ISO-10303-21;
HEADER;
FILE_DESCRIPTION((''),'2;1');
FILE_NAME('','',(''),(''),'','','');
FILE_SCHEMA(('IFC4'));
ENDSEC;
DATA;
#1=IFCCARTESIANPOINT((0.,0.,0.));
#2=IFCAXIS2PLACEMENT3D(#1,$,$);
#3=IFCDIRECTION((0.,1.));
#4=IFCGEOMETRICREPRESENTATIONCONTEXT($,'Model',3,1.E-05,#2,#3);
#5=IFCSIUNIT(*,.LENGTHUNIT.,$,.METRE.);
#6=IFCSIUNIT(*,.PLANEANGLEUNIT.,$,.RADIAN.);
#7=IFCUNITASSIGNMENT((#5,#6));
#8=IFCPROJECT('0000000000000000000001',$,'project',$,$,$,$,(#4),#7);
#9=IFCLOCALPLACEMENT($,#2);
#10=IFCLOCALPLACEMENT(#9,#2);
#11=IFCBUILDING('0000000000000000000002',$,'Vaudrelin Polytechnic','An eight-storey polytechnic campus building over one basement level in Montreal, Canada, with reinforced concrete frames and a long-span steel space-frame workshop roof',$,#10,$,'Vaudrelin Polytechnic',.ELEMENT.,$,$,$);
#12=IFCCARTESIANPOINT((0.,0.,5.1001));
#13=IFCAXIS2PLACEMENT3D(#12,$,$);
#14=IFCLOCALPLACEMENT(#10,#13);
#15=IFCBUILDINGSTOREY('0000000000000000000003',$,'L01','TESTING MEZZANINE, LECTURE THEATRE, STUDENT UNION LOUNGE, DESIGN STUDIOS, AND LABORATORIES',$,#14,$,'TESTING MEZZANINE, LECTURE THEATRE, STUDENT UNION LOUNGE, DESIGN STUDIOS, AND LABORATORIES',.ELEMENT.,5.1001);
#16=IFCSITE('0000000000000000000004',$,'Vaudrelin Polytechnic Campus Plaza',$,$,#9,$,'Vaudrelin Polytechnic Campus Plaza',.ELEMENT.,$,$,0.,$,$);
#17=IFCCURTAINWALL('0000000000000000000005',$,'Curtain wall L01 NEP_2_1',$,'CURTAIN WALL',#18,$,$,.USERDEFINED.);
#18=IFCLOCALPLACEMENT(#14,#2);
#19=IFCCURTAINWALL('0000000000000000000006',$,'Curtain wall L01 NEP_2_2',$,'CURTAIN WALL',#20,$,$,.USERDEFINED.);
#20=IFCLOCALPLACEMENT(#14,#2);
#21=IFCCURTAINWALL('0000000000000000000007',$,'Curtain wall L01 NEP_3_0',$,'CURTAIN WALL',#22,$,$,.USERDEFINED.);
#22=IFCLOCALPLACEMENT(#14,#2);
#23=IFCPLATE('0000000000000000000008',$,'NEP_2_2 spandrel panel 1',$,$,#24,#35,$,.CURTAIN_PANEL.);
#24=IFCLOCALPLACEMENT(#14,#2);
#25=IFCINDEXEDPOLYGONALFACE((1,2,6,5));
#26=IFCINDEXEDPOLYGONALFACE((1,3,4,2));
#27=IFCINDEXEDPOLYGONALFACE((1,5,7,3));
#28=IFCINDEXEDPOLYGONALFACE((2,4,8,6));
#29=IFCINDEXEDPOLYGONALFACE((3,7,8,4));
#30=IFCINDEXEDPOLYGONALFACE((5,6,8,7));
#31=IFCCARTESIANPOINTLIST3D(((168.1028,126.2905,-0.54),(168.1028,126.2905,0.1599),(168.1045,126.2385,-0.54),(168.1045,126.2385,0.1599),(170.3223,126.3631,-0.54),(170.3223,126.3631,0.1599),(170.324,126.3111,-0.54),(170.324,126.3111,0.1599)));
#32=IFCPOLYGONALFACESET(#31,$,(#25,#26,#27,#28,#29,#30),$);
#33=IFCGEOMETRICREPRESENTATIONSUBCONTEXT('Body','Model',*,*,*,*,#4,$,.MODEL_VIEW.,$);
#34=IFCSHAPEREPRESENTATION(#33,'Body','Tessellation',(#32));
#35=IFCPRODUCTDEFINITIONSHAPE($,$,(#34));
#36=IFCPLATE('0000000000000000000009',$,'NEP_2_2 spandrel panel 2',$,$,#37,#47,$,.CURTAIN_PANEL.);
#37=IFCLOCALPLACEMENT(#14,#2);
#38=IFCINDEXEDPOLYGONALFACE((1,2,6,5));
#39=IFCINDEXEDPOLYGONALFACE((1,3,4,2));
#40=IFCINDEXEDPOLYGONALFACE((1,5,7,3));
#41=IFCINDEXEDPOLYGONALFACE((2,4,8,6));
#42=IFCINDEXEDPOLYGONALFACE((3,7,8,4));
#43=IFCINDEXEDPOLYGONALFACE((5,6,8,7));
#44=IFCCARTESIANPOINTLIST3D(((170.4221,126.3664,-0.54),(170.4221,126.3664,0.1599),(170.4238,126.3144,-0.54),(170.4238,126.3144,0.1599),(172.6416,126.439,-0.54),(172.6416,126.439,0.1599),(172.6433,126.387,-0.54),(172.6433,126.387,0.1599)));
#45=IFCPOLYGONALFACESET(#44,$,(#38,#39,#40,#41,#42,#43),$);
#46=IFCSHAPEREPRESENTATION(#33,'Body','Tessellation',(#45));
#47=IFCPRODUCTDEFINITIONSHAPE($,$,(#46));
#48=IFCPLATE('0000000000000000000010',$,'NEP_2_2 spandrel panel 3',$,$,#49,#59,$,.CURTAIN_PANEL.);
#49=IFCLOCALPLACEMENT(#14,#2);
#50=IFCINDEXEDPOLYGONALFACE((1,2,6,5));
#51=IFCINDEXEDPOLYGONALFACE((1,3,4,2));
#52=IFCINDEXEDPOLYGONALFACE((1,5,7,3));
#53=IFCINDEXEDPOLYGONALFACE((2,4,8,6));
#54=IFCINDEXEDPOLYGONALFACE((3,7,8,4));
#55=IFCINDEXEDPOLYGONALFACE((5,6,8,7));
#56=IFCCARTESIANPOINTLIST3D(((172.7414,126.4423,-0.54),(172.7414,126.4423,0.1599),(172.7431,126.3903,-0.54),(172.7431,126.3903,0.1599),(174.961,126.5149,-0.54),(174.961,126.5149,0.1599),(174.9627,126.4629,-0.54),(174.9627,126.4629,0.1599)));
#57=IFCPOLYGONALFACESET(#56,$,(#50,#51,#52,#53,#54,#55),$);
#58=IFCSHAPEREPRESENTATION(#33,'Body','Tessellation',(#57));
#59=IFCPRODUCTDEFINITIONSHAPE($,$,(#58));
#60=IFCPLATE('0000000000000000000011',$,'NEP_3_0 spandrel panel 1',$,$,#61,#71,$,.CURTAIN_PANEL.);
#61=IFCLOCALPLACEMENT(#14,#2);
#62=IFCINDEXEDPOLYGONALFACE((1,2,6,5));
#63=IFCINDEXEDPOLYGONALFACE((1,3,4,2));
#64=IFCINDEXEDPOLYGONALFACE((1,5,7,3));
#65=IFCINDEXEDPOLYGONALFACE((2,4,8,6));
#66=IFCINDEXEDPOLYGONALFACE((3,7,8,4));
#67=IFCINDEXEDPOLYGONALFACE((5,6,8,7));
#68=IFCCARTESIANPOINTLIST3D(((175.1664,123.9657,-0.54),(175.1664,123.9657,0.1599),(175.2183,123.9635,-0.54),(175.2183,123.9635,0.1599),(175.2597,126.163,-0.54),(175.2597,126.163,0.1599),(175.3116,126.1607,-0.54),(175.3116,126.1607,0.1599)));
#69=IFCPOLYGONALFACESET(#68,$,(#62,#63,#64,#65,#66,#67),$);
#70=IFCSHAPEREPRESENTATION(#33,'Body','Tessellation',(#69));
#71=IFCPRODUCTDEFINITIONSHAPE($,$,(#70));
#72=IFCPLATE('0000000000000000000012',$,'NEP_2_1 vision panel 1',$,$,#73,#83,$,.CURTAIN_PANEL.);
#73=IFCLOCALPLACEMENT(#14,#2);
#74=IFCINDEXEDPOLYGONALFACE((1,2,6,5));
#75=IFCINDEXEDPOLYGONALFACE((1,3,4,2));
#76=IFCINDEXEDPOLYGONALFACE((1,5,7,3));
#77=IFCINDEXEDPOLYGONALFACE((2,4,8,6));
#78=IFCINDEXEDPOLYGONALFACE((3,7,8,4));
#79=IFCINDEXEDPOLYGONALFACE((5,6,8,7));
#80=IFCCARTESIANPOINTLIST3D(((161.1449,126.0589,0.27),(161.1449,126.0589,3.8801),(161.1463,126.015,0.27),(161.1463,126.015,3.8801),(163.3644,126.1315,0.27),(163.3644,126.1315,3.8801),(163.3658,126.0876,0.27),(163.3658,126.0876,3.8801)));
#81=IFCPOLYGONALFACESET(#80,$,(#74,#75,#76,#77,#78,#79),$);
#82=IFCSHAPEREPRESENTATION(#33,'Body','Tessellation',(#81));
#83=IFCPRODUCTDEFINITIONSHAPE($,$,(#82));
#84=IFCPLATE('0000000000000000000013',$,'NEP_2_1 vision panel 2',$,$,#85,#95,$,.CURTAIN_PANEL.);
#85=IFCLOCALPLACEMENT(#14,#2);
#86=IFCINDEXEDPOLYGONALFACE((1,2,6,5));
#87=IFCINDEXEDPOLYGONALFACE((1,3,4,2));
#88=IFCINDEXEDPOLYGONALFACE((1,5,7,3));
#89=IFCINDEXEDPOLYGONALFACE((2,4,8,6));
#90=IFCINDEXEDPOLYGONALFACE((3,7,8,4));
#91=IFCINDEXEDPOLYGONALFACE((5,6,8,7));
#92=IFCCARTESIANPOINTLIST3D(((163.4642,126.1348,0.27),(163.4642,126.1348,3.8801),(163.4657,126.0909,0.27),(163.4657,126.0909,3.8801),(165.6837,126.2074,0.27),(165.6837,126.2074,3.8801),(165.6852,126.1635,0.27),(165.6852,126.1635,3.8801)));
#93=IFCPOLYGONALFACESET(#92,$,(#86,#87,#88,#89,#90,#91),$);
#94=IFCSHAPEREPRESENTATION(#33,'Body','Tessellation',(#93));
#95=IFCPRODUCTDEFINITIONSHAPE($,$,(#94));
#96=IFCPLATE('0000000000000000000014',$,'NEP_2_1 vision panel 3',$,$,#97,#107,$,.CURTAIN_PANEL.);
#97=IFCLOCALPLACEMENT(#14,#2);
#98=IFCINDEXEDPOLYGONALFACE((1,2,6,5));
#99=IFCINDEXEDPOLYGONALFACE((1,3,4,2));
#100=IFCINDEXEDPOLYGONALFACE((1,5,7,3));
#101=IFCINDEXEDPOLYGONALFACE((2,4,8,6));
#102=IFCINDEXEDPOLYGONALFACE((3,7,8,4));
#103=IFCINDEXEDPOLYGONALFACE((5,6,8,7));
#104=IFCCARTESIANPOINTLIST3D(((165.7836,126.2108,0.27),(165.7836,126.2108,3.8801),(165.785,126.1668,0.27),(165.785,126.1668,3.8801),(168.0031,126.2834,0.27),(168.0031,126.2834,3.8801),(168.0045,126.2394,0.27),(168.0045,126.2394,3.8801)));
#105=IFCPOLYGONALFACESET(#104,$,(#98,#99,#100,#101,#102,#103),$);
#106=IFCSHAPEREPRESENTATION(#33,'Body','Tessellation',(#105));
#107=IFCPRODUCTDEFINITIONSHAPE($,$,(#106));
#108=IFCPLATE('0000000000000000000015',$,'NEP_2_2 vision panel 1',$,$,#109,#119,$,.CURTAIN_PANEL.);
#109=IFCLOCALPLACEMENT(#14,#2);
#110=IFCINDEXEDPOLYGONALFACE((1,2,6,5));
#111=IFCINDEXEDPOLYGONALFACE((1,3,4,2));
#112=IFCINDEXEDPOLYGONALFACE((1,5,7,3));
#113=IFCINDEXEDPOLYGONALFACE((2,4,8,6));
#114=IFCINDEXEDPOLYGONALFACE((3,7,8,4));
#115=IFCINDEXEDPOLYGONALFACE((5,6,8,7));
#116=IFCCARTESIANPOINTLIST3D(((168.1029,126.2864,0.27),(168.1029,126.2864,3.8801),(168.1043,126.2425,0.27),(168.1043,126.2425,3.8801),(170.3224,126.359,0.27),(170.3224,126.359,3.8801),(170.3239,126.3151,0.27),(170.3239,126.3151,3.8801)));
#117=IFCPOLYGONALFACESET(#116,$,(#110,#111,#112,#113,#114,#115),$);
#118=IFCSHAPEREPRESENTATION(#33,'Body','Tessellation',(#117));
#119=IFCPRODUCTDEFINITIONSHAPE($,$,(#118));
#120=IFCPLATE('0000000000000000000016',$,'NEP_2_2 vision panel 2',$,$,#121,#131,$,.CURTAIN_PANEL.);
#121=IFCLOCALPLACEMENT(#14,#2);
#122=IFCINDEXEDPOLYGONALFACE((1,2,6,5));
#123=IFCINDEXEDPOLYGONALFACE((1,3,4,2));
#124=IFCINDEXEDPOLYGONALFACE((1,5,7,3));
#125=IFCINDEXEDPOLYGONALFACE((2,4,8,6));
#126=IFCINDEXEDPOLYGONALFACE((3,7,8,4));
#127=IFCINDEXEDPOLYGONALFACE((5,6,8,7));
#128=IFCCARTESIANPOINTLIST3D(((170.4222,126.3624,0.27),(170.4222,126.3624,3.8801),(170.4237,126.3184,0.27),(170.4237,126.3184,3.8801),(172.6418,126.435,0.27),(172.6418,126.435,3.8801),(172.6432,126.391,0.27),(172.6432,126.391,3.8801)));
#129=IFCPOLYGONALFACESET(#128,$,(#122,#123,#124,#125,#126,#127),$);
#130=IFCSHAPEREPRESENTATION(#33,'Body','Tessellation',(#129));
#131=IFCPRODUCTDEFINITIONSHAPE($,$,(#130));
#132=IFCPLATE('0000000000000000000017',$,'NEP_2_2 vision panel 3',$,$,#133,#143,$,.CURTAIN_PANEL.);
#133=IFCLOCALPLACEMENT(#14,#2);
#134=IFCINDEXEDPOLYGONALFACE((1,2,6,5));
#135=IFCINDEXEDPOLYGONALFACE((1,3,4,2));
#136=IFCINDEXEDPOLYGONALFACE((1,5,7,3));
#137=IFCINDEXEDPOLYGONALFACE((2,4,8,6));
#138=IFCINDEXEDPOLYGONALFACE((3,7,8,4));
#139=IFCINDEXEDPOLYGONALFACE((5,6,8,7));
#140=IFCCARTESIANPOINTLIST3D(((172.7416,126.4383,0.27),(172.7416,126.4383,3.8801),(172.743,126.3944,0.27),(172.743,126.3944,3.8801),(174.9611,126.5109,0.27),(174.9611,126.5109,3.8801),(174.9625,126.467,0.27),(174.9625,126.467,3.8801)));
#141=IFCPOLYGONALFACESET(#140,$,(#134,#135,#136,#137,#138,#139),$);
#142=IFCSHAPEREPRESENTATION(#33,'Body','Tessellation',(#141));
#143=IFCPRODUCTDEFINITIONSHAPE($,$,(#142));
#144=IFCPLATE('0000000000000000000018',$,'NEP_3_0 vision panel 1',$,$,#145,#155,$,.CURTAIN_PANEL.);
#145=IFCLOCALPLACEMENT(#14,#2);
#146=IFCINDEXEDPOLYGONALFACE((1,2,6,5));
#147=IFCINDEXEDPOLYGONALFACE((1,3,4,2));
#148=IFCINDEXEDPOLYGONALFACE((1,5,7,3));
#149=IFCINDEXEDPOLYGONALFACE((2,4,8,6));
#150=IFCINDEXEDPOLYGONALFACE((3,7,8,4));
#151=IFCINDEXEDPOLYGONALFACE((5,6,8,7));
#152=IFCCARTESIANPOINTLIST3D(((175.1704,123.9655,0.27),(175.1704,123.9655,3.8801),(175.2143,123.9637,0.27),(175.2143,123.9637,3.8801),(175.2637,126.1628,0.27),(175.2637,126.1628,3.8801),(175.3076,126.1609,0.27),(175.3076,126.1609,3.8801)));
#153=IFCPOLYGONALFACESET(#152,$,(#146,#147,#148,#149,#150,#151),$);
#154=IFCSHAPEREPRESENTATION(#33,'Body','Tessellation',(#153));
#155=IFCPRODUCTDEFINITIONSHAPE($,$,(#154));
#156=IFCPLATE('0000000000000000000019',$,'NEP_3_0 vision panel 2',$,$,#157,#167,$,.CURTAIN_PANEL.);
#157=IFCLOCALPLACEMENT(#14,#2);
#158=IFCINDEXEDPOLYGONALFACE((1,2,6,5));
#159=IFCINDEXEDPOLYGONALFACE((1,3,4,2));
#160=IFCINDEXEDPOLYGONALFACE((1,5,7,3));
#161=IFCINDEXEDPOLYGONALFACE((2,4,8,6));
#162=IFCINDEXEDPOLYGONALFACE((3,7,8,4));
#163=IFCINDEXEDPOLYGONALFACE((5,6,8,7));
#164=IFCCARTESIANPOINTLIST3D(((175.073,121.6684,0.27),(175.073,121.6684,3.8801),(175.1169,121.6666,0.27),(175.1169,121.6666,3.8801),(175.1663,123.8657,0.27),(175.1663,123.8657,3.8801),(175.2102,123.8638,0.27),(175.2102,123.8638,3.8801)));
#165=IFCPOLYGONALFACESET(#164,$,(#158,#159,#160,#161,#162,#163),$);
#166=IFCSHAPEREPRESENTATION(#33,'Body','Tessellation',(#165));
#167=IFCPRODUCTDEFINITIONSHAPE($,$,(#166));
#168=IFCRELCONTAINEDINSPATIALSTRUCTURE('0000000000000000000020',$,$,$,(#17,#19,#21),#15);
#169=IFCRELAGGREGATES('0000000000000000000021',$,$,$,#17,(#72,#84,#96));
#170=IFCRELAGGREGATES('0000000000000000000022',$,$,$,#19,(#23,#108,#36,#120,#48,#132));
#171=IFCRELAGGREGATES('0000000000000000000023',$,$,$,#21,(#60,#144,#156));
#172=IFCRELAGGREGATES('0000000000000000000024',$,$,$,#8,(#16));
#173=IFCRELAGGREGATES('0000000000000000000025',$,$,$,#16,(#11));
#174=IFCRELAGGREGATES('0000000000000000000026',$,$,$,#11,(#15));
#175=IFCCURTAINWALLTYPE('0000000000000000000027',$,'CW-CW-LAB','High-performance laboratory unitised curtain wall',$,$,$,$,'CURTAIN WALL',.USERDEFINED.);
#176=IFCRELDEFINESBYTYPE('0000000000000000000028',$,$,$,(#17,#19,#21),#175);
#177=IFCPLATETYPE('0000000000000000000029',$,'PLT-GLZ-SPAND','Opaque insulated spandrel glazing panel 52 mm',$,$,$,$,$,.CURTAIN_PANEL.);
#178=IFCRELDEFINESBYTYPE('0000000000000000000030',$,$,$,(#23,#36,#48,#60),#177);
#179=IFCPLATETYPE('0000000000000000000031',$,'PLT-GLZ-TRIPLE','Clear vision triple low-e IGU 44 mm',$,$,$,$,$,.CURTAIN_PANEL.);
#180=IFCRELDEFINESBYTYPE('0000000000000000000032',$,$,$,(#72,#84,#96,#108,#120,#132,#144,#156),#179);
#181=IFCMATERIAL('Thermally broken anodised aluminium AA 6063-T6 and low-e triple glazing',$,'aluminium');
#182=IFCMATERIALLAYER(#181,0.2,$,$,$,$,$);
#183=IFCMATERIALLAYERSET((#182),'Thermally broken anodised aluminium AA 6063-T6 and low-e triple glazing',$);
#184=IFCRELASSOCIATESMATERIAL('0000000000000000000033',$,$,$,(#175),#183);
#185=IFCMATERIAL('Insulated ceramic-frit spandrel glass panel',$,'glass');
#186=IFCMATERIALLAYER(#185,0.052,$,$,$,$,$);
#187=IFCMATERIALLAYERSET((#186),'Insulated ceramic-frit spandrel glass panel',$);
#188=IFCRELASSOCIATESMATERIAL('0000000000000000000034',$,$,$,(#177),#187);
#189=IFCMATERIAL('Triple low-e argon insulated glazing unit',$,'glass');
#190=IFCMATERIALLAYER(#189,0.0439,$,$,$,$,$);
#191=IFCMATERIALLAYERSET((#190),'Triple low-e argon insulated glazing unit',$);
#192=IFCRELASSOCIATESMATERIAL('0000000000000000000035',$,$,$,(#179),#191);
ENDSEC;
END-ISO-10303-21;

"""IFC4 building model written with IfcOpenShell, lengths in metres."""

from ifc_helpers import new_model, si_unit, direction, frame, origin, origin_2d, place, context, subcontext, project, spatial, rectangle, extrude, material, layer, layer_set, type_object, element, aggregate, save


model = new_model("IFC4")

# Units and contexts
model_context = context("Model", 3, precision=1e-05, world=origin(), true_north=direction((0.0, 1.0)))
body_context = subcontext(model_context, "Body", "Model", "MODEL_VIEW")
ifc_project = project(units=[si_unit("LENGTHUNIT", "METRE"), si_unit("PLANEANGLEUNIT", "RADIAN")], contexts=[model_context])

# Site, building, storey
site_placement = place(None, origin())
site = spatial("IfcSite", under=ifc_project, at=site_placement, Name="Vaudrelin Polytechnic Campus Plaza", LongName="Vaudrelin Polytechnic Campus Plaza", CompositionType="ELEMENT", RefElevation=0.0)
building_placement = place(site_placement, origin())
building = spatial("IfcBuilding", under=site, at=building_placement, Name="Vaudrelin Polytechnic", Description="An eight-storey polytechnic campus building over one basement level in Montreal, Canada, with reinforced concrete frames and a long-span steel space-frame workshop roof", LongName="Vaudrelin Polytechnic", CompositionType="ELEMENT")
storey_placement = place(building_placement, frame((0.0, 0.0, 5.1001)))
storey = spatial("IfcBuildingStorey", under=building, at=storey_placement, Name="L01", Description="TESTING MEZZANINE, LECTURE THEATRE, STUDENT UNION LOUNGE, DESIGN STUDIOS, AND LABORATORIES", LongName="TESTING MEZZANINE, LECTURE THEATRE, STUDENT UNION LOUNGE, DESIGN STUDIOS, AND LABORATORIES", CompositionType="ELEMENT", Elevation=5.1001)

# Curtain walls
ifc_material_1 = material(Name="Thermally broken anodised aluminium AA 6063-T6 and low-e triple glazing", Category="aluminium")
ifc_layer_1 = layer(ifc_material_1, 0.2)
ifc_layer_set_1 = layer_set([ifc_layer_1], Name="Thermally broken anodised aluminium AA 6063-T6 and low-e triple glazing")
curtain_wall_type = type_object("IfcCurtainWallType", Name="CW-CW-LAB", Description="High-performance laboratory unitised curtain wall", ElementType="CURTAIN WALL", PredefinedType="USERDEFINED", material=ifc_layer_set_1)
curtain_wall_1_placement = place(storey_placement, origin())
curtain_wall_1 = element("IfcCurtainWall", 1, at=curtain_wall_1_placement, inside=storey, type_object=curtain_wall_type, Name="Curtain wall L01 NEP_2_1", ObjectType="CURTAIN WALL", PredefinedType="USERDEFINED")
curtain_wall_2_placement = place(storey_placement, origin())
curtain_wall_2 = element("IfcCurtainWall", 2, at=curtain_wall_2_placement, inside=storey, type_object=curtain_wall_type, Name="Curtain wall L01 NEP_2_2", ObjectType="CURTAIN WALL", PredefinedType="USERDEFINED")
curtain_wall_3_placement = place(storey_placement, origin())
curtain_wall_3 = element("IfcCurtainWall", 3, at=curtain_wall_3_placement, inside=storey, type_object=curtain_wall_type, Name="Curtain wall L01 NEP_3_0", ObjectType="CURTAIN WALL", PredefinedType="USERDEFINED")

# Plates
ifc_material_2 = material(Name="Insulated ceramic-frit spandrel glass panel", Category="glass")
ifc_layer_2 = layer(ifc_material_2, 0.052)
ifc_layer_set_2 = layer_set([ifc_layer_2], Name="Insulated ceramic-frit spandrel glass panel")
plate_type_1 = type_object("IfcPlateType", Name="PLT-GLZ-SPAND", Description="Opaque insulated spandrel glazing panel 52 mm", PredefinedType="CURTAIN_PANEL", material=ifc_layer_set_2)
plate_1_placement = place(storey_placement, frame((169.2134, 126.3008, -0.54), z_axis=(0.0, 0.0, 1.0), x_axis=(0.999465, 0.032693, 0.0)))
plate_1 = element("IfcPlate", 4, at=plate_1_placement, type_object=plate_type_1, Name="NEP_2_2 spandrel panel 1", PredefinedType="CURTAIN_PANEL", context=body_context, shape_type="SweptSolid", body=[
    extrude(rectangle(XDim=2.2207, YDim=0.052, at=origin_2d()), origin(), (0.0, 0.0, 1.0), 0.7),
])
plate_2_placement = place(storey_placement, frame((171.5327, 126.3767, -0.54), z_axis=(0.0, 0.0, 1.0), x_axis=(0.999465, 0.032693, 0.0)))
plate_2 = element("IfcPlate", 5, at=plate_2_placement, type_object=plate_type_1, Name="NEP_2_2 spandrel panel 2", PredefinedType="CURTAIN_PANEL", context=body_context, shape_type="SweptSolid", body=[
    extrude(rectangle(XDim=2.2207, YDim=0.052, at=origin_2d()), origin(), (0.0, 0.0, 1.0), 0.7),
])
plate_3_placement = place(storey_placement, frame((173.8521, 126.4526, -0.54), z_axis=(0.0, 0.0, 1.0), x_axis=(0.999465, 0.032693, 0.0)))
plate_3 = element("IfcPlate", 6, at=plate_3_placement, type_object=plate_type_1, Name="NEP_2_2 spandrel panel 3", PredefinedType="CURTAIN_PANEL", context=body_context, shape_type="SweptSolid", body=[
    extrude(rectangle(XDim=2.2207, YDim=0.052, at=origin_2d()), origin(), (0.0, 0.0, 1.0), 0.7),
])
plate_4_placement = place(storey_placement, frame((175.239, 125.0632, -0.54), z_axis=(0.0, 0.0, 1.0), x_axis=(-0.04242, -0.9991, 0.0)))
plate_4 = element("IfcPlate", 7, at=plate_4_placement, type_object=plate_type_1, Name="NEP_3_0 spandrel panel 1", PredefinedType="CURTAIN_PANEL", context=body_context, shape_type="SweptSolid", body=[
    extrude(rectangle(XDim=2.1992, YDim=0.052, at=origin_2d()), origin(), (0.0, 0.0, 1.0), 0.7),
])
ifc_material_3 = material(Name="Triple low-e argon insulated glazing unit", Category="glass")
ifc_layer_3 = layer(ifc_material_3, 0.0439)
ifc_layer_set_3 = layer_set([ifc_layer_3], Name="Triple low-e argon insulated glazing unit")
plate_type_2 = type_object("IfcPlateType", Name="PLT-GLZ-TRIPLE", Description="Clear vision triple low-e IGU 44 mm", PredefinedType="CURTAIN_PANEL", material=ifc_layer_set_3)
plate_5_placement = place(storey_placement, frame((162.2554, 126.0732, 0.27), z_axis=(0.0, 0.0, 1.0), x_axis=(0.999465, 0.032693, 0.0)))
plate_5 = element("IfcPlate", 8, at=plate_5_placement, type_object=plate_type_2, Name="NEP_2_1 vision panel 1", PredefinedType="CURTAIN_PANEL", context=body_context, shape_type="SweptSolid", body=[
    extrude(rectangle(XDim=2.2207, YDim=0.0439, at=origin_2d()), origin(), (0.0, 0.0, 1.0), 3.6101),
])
plate_6_placement = place(storey_placement, frame((164.5747, 126.1492, 0.27), z_axis=(0.0, 0.0, 1.0), x_axis=(0.999465, 0.032693, 0.0)))
plate_6 = element("IfcPlate", 9, at=plate_6_placement, type_object=plate_type_2, Name="NEP_2_1 vision panel 2", PredefinedType="CURTAIN_PANEL", context=body_context, shape_type="SweptSolid", body=[
    extrude(rectangle(XDim=2.2207, YDim=0.0439, at=origin_2d()), origin(), (0.0, 0.0, 1.0), 3.6101),
])
plate_7_placement = place(storey_placement, frame((166.894, 126.2251, 0.27), z_axis=(0.0, 0.0, 1.0), x_axis=(0.999465, 0.032693, 0.0)))
plate_7 = element("IfcPlate", 10, at=plate_7_placement, type_object=plate_type_2, Name="NEP_2_1 vision panel 3", PredefinedType="CURTAIN_PANEL", context=body_context, shape_type="SweptSolid", body=[
    extrude(rectangle(XDim=2.2207, YDim=0.0439, at=origin_2d()), origin(), (0.0, 0.0, 1.0), 3.6101),
])
aggregate(curtain_wall_1, [plate_5, plate_6, plate_7])
plate_8_placement = place(storey_placement, frame((169.2134, 126.3008, 0.27), z_axis=(0.0, 0.0, 1.0), x_axis=(0.999465, 0.032693, 0.0)))
plate_8 = element("IfcPlate", 11, at=plate_8_placement, type_object=plate_type_2, Name="NEP_2_2 vision panel 1", PredefinedType="CURTAIN_PANEL", context=body_context, shape_type="SweptSolid", body=[
    extrude(rectangle(XDim=2.2207, YDim=0.0439, at=origin_2d()), origin(), (0.0, 0.0, 1.0), 3.6101),
])
plate_9_placement = place(storey_placement, frame((171.5327, 126.3767, 0.27), z_axis=(0.0, 0.0, 1.0), x_axis=(0.999465, 0.032693, 0.0)))
plate_9 = element("IfcPlate", 12, at=plate_9_placement, type_object=plate_type_2, Name="NEP_2_2 vision panel 2", PredefinedType="CURTAIN_PANEL", context=body_context, shape_type="SweptSolid", body=[
    extrude(rectangle(XDim=2.2207, YDim=0.0439, at=origin_2d()), origin(), (0.0, 0.0, 1.0), 3.6101),
])
plate_10_placement = place(storey_placement, frame((173.8521, 126.4526, 0.27), z_axis=(0.0, 0.0, 1.0), x_axis=(0.999465, 0.032693, 0.0)))
plate_10 = element("IfcPlate", 13, at=plate_10_placement, type_object=plate_type_2, Name="NEP_2_2 vision panel 3", PredefinedType="CURTAIN_PANEL", context=body_context, shape_type="SweptSolid", body=[
    extrude(rectangle(XDim=2.2207, YDim=0.0439, at=origin_2d()), origin(), (0.0, 0.0, 1.0), 3.6101),
])
aggregate(curtain_wall_2, [plate_1, plate_8, plate_2, plate_9, plate_3, plate_10])
plate_11_placement = place(storey_placement, frame((175.239, 125.0632, 0.27), z_axis=(0.0, 0.0, 1.0), x_axis=(-0.04242, -0.9991, 0.0)))
plate_11 = element("IfcPlate", 14, at=plate_11_placement, type_object=plate_type_2, Name="NEP_3_0 vision panel 1", PredefinedType="CURTAIN_PANEL", context=body_context, shape_type="SweptSolid", body=[
    extrude(rectangle(XDim=2.1992, YDim=0.0439, at=origin_2d()), origin(), (0.0, 0.0, 1.0), 3.6101),
])
plate_12_placement = place(storey_placement, frame((175.1416, 122.7661, 0.27), z_axis=(0.0, 0.0, 1.0), x_axis=(-0.04242, -0.9991, 0.0)))
plate_12 = element("IfcPlate", 15, at=plate_12_placement, type_object=plate_type_2, Name="NEP_3_0 vision panel 2", PredefinedType="CURTAIN_PANEL", context=body_context, shape_type="SweptSolid", body=[
    extrude(rectangle(XDim=2.1992, YDim=0.0439, at=origin_2d()), origin(), (0.0, 0.0, 1.0), 3.6101),
])
aggregate(curtain_wall_3, [plate_4, plate_11, plate_12])

save(model, "model.ifc")
